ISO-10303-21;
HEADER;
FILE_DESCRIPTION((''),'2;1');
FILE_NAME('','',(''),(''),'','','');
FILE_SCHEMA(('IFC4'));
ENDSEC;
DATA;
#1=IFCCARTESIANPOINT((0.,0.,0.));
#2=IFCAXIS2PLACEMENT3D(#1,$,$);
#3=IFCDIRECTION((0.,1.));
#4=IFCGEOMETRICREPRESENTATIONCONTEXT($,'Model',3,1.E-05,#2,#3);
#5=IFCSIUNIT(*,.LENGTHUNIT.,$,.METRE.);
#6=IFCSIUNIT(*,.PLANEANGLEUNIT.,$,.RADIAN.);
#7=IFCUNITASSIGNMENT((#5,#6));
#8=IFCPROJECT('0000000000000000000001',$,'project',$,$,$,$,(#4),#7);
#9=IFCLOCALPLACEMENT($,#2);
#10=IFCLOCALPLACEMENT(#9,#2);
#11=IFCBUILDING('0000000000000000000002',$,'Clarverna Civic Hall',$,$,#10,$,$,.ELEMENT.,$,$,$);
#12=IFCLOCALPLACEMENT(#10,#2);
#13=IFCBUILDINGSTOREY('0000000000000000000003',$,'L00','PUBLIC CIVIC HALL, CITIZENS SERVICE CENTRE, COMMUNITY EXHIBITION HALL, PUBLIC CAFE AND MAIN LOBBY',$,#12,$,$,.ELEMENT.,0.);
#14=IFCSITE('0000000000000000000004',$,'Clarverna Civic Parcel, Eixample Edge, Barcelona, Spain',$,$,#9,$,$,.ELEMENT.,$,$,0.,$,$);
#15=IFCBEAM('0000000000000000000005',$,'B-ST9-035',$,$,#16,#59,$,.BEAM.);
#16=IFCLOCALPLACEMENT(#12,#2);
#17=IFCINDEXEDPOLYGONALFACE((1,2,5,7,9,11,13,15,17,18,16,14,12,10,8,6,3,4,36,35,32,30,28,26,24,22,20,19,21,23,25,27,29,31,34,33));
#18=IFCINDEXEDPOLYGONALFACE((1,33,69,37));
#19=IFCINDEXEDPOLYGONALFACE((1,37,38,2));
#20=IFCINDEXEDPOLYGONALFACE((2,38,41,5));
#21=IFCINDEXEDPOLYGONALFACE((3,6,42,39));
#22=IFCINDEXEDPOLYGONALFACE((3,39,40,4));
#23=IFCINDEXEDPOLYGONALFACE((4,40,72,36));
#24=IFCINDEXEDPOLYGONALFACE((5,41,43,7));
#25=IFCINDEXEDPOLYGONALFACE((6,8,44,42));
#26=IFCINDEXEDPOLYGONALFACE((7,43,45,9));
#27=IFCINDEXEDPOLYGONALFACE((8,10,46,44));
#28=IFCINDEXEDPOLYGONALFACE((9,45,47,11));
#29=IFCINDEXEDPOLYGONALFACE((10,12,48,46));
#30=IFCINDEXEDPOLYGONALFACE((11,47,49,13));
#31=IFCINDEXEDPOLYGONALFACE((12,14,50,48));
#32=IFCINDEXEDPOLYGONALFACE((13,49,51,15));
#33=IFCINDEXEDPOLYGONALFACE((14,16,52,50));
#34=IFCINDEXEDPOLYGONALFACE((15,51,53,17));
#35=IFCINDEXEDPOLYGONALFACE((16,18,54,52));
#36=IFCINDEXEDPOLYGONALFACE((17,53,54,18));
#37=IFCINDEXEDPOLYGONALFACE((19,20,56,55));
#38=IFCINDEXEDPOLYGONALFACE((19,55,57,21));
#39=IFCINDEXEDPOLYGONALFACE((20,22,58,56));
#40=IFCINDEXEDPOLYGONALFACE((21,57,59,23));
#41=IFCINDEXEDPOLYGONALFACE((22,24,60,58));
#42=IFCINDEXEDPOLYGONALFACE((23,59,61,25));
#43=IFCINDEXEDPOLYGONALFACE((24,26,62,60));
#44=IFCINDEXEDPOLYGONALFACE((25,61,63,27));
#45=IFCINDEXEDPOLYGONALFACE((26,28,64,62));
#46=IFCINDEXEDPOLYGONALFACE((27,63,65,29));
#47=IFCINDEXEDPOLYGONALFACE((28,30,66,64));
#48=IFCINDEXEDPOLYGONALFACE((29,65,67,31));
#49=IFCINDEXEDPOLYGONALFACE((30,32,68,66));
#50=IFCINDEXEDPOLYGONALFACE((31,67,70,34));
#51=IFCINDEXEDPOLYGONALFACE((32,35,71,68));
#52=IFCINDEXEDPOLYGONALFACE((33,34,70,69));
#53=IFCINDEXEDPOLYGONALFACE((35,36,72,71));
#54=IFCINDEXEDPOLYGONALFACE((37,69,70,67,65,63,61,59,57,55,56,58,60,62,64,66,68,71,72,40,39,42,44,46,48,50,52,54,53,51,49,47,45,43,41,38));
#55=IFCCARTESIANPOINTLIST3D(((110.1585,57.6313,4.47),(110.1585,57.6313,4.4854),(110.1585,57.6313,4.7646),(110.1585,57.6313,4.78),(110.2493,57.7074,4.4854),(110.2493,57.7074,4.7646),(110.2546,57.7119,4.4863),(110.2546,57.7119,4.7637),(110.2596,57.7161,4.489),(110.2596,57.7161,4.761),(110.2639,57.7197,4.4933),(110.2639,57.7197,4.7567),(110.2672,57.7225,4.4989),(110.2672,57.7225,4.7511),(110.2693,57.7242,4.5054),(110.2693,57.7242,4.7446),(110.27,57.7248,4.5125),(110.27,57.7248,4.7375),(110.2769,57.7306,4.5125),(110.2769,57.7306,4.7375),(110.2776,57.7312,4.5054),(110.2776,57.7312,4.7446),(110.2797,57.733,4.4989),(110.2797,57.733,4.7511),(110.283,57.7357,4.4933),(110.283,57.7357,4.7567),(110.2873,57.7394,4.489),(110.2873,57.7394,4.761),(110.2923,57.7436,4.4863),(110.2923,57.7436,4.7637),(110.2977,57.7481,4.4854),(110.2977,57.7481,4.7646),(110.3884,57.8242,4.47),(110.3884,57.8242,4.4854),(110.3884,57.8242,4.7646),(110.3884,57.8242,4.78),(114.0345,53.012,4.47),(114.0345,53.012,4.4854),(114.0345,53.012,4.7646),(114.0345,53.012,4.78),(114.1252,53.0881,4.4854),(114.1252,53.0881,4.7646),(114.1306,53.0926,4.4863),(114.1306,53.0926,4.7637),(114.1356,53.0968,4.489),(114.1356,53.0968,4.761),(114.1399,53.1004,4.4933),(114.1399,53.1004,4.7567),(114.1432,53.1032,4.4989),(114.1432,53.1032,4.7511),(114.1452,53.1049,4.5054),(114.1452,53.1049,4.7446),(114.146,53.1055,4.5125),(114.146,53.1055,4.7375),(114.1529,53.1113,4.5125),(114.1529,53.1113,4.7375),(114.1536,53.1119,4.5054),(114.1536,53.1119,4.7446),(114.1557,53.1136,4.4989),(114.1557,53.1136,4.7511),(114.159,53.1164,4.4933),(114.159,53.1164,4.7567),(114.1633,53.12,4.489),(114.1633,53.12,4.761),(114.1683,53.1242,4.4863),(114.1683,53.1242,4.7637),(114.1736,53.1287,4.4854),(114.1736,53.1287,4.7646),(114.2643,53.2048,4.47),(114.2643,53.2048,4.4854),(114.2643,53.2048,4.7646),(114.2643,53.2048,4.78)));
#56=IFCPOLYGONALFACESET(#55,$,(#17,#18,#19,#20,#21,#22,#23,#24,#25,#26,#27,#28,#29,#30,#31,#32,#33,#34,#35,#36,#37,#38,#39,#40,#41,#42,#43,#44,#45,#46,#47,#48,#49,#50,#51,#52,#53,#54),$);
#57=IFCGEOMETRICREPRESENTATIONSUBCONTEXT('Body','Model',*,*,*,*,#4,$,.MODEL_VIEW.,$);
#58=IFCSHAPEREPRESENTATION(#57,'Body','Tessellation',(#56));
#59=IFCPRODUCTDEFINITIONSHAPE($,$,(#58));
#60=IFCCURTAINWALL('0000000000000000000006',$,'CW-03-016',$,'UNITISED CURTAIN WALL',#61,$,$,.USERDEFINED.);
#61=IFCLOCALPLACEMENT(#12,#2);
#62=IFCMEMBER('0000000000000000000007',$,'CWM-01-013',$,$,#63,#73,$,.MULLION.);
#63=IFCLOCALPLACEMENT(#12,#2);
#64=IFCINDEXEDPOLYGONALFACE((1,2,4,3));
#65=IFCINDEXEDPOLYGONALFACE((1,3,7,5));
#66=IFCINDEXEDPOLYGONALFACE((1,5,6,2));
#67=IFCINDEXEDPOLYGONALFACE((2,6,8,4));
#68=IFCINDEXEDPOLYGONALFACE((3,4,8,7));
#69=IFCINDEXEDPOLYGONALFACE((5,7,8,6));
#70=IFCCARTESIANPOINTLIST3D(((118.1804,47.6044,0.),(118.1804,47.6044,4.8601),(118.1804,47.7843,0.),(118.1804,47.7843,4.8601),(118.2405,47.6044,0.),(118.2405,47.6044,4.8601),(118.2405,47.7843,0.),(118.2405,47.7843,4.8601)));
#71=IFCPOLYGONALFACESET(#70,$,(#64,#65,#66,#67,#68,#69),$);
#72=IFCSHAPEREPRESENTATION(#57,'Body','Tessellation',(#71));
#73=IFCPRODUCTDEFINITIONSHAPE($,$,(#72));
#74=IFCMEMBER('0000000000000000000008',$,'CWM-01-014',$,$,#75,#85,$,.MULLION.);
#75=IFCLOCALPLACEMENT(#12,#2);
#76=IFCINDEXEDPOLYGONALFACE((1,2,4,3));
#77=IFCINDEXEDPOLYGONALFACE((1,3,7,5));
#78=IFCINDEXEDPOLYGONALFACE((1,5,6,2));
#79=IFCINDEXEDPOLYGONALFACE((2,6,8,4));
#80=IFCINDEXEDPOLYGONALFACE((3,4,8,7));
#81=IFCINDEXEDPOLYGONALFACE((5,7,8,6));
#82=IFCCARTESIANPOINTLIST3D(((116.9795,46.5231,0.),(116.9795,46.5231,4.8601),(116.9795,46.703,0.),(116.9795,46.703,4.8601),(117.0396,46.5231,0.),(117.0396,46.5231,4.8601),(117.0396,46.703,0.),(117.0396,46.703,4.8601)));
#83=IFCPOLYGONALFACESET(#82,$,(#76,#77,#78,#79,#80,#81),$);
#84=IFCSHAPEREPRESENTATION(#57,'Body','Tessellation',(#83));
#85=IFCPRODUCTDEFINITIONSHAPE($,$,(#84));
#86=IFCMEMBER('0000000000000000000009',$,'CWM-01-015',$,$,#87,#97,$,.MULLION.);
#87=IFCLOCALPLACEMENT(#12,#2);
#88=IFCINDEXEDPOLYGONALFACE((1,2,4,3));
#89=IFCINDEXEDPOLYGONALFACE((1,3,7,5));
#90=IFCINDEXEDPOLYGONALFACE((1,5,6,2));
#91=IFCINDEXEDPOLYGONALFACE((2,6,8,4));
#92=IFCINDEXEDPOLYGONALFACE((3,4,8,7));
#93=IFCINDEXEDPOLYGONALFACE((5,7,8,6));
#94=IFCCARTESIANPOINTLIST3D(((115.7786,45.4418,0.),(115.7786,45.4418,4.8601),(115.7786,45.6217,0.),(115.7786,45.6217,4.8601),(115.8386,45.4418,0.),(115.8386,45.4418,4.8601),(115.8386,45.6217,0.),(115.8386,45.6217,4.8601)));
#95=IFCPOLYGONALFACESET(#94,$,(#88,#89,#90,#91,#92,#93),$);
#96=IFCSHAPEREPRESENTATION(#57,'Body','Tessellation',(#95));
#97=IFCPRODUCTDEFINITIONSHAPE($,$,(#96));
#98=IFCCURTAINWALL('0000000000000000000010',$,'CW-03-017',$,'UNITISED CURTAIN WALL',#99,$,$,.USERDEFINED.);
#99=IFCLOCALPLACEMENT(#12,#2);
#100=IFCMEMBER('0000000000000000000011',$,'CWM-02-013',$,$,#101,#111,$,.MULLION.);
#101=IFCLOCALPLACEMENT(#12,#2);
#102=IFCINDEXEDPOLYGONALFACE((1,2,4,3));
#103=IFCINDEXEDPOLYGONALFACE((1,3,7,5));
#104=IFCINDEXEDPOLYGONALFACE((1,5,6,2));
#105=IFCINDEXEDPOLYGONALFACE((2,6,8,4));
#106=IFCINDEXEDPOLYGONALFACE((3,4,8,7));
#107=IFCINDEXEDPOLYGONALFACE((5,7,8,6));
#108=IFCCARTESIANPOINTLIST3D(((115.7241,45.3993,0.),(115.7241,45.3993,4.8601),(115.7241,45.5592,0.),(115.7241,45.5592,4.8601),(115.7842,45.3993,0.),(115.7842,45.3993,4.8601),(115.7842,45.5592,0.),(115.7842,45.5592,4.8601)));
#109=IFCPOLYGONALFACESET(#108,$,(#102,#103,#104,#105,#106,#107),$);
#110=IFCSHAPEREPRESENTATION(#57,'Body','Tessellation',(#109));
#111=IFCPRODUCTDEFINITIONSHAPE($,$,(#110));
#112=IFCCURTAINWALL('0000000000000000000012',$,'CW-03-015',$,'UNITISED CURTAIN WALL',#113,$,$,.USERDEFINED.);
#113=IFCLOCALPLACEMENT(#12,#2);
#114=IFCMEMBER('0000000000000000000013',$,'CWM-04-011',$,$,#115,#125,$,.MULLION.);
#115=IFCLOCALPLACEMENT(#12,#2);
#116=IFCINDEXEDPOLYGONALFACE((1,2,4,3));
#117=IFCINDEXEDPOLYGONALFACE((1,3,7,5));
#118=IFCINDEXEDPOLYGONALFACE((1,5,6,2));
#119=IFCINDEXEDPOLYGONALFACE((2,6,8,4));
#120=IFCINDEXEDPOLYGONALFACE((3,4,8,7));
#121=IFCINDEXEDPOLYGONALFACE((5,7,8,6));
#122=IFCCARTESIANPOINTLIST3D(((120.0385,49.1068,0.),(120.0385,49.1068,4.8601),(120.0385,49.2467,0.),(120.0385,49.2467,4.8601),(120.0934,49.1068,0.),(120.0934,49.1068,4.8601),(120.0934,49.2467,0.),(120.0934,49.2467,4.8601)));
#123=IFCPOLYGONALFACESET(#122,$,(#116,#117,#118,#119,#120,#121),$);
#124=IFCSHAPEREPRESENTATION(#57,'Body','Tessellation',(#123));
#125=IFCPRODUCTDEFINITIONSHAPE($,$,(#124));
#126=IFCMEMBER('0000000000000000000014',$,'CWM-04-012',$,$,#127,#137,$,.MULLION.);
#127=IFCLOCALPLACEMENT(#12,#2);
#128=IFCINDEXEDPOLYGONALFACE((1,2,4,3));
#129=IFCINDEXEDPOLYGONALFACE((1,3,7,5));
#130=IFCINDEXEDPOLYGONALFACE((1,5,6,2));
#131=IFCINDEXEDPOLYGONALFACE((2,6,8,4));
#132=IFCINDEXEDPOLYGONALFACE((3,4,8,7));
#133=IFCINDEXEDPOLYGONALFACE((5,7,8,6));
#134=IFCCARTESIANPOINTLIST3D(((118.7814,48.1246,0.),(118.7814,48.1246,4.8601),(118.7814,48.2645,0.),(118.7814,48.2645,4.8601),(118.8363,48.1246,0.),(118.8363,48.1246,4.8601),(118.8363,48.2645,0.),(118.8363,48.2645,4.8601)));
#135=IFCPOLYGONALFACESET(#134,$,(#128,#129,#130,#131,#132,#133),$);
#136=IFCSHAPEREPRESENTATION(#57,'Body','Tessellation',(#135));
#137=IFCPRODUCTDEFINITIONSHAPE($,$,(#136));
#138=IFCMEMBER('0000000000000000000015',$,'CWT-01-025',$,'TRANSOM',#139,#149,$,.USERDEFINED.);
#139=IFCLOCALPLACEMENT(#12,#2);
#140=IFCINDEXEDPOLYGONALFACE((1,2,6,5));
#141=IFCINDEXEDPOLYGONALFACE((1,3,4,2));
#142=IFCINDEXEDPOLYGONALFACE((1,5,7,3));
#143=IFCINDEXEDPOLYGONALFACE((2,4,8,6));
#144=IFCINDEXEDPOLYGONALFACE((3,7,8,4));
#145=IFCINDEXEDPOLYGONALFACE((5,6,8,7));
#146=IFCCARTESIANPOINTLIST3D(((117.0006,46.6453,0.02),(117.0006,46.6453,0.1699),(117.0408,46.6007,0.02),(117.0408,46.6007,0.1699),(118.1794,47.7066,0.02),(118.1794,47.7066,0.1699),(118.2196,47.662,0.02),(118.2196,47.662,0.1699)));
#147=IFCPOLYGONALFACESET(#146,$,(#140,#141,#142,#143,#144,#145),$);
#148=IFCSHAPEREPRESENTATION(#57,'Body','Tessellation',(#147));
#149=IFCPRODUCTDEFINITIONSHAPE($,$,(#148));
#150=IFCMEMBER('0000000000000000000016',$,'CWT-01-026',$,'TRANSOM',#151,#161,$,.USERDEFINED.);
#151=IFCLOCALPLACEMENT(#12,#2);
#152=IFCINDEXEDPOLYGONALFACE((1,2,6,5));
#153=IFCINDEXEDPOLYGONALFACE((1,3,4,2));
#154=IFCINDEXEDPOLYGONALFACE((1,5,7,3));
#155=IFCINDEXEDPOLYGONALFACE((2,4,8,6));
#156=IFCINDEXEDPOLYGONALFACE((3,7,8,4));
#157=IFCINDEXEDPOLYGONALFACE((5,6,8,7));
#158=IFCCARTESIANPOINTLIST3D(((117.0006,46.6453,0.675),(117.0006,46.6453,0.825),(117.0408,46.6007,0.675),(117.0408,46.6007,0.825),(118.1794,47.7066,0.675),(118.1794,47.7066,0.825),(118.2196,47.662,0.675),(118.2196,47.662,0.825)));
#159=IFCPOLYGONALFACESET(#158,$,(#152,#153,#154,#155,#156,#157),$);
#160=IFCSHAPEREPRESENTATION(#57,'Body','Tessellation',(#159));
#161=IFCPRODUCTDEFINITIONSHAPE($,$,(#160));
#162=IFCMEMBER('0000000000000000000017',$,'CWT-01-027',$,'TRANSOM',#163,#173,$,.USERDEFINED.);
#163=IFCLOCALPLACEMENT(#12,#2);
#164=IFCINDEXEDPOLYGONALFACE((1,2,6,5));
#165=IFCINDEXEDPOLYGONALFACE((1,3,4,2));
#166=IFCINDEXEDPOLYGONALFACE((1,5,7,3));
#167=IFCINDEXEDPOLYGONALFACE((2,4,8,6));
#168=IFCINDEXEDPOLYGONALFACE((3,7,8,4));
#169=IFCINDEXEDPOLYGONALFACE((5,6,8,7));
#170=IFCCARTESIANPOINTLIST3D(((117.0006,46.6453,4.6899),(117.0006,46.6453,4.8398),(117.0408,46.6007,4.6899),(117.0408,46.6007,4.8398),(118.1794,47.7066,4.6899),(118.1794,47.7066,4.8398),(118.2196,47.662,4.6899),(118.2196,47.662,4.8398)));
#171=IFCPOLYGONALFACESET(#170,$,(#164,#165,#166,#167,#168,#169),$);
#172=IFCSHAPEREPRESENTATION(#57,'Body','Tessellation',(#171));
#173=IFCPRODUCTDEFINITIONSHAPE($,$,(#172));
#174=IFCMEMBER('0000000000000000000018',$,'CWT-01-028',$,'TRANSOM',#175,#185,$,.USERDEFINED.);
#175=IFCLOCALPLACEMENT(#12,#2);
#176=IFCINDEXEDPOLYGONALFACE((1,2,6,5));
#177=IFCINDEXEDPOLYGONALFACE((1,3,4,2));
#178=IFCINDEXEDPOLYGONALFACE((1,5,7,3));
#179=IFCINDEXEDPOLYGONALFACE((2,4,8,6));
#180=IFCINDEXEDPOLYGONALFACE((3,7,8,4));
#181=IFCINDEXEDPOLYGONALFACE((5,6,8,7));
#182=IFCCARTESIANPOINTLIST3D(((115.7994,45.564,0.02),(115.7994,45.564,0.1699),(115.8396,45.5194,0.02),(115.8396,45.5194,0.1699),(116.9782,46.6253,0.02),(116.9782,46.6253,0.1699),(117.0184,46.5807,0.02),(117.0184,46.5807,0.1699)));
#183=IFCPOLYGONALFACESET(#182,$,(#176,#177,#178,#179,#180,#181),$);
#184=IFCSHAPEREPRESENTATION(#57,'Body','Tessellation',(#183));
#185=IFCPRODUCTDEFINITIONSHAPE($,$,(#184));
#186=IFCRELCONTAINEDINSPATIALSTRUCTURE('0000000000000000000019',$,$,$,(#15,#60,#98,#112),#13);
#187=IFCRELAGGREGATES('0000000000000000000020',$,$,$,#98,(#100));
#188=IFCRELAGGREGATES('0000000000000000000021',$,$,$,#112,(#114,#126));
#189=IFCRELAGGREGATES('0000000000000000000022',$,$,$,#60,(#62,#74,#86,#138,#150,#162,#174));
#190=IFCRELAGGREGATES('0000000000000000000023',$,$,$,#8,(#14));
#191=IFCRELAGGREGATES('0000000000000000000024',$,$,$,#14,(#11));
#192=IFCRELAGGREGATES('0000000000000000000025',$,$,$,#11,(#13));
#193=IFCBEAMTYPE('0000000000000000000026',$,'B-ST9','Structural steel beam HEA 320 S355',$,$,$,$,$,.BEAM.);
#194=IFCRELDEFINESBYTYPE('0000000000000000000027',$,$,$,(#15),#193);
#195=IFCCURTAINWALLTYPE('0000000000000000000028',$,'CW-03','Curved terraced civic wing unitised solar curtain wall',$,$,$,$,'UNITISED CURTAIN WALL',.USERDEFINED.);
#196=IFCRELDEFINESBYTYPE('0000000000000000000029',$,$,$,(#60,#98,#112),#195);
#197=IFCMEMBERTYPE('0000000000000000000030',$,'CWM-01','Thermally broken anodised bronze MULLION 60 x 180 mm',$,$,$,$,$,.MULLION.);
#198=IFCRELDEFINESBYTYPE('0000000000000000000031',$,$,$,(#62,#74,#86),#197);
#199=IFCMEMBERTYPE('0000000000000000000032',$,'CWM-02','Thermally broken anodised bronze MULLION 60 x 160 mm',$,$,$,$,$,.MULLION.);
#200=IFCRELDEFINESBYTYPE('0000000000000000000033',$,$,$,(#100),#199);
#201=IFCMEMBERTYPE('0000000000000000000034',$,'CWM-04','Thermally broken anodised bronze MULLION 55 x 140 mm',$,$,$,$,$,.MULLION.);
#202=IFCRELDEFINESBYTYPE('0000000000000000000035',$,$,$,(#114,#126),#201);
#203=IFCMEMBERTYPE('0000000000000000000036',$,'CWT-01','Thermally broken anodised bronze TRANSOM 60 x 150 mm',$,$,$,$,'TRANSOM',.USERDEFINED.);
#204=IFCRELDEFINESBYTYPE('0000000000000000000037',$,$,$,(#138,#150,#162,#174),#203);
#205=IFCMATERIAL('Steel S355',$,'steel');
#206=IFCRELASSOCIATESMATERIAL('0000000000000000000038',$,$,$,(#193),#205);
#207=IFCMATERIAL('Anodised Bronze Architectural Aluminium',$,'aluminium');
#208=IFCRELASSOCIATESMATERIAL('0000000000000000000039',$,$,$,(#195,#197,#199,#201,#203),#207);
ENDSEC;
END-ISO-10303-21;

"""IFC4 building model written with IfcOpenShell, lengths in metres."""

from ifc_helpers import new_model, si_unit, direction, frame, origin, origin_2d, place, context, subcontext, project, spatial, rectangle, i_section, extrude, material, material_profile, profile_set, type_object, element, aggregate, save


model = new_model("IFC4")

# Units and contexts
model_context = context("Model", 3, precision=1e-05, world=origin(), true_north=direction((0.0, 1.0)))
body_context = subcontext(model_context, "Body", "Model", "MODEL_VIEW")
ifc_project = project(units=[si_unit("LENGTHUNIT", "METRE"), si_unit("PLANEANGLEUNIT", "RADIAN")], contexts=[model_context])

# Site, building, storey
site_placement = place(None, origin())
site = spatial("IfcSite", under=ifc_project, at=site_placement, Name="Clarverna Civic Parcel, Eixample Edge, Barcelona, Spain", CompositionType="ELEMENT", RefElevation=0.0)
building_placement = place(site_placement, origin())
building = spatial("IfcBuilding", under=site, at=building_placement, Name="Clarverna Civic Hall", CompositionType="ELEMENT")
storey_placement = place(building_placement, origin())
storey = spatial("IfcBuildingStorey", under=building, at=storey_placement, Name="L00", Description="PUBLIC CIVIC HALL, CITIZENS SERVICE CENTRE, COMMUNITY EXHIBITION HALL, PUBLIC CAFE AND MAIN LOBBY", CompositionType="ELEMENT", Elevation=0.0)

# Beam
ifc_material_1 = material(Name="Steel S355", Category="steel")
ifc_material_profile_1 = material_profile(ifc_material_1, i_section(OverallWidth=0.3, OverallDepth=0.3101, WebThickness=0.009, FlangeThickness=0.0154, FilletRadius=0.0271, at=origin_2d()), Name="HEA 320")
ifc_profile_set_1 = profile_set([ifc_material_profile_1], Name="Steel S355")
beam_type_1 = type_object("IfcBeamType", Name="B-ST9", Description="Structural steel beam HEA 320 S355", PredefinedType="BEAM", material=ifc_profile_set_1)
for number, where, z_axis, x_axis, name in (
    (1, (114.1494, 53.1084, 4.625), (-0.642773, 0.766056, 0.0), (-0.766056, -0.642773, 0.0), "B-ST9-035"),
):
    element("IfcBeam", number, at=place(storey_placement, frame(where, z_axis=z_axis, x_axis=x_axis)), inside=storey, type_object=beam_type_1, Name=name, PredefinedType="BEAM", context=body_context, shape_type="SweptSolid", body=[
        extrude(i_section(OverallWidth=0.3, OverallDepth=0.3101, WebThickness=0.009, FlangeThickness=0.0154, FilletRadius=0.0271, at=origin_2d()), origin(), (0.0, 0.0, 1.0), 6.03),
    ])

# Curtain wall, members
ifc_material_2 = material(Name="Anodised Bronze Architectural Aluminium", Category="aluminium")
curtain_wall_type = type_object("IfcCurtainWallType", Name="CW-03", Description="Curved terraced civic wing unitised solar curtain wall", ElementType="UNITISED CURTAIN WALL", PredefinedType="USERDEFINED", material=ifc_material_2)
curtain_wall_1_placement = place(storey_placement, origin())
curtain_wall_1 = element("IfcCurtainWall", 2, at=curtain_wall_1_placement, inside=storey, type_object=curtain_wall_type, Name="CW-03-016", ObjectType="UNITISED CURTAIN WALL", PredefinedType="USERDEFINED")
ifc_material_profile_2 = material_profile(ifc_material_2, rectangle(XDim=0.0601, YDim=0.1799, at=origin_2d()), Name="BRONZE 60x180")
ifc_profile_set_2 = profile_set([ifc_material_profile_2], Name="Anodised Bronze Architectural Aluminium")
member_type_1 = type_object("IfcMemberType", Name="CWM-01", Description="Thermally broken anodised bronze MULLION 60 x 180 mm", PredefinedType="MULLION", material=ifc_profile_set_2)
member_1_placement = place(storey_placement, frame((118.2104, 47.6943, 0.0), z_axis=(0.0, 0.0, 1.0), x_axis=(1.0, 0.0, 0.0)))
member_1 = element("IfcMember", 3, at=member_1_placement, type_object=member_type_1, Name="CWM-01-013", PredefinedType="MULLION", context=body_context, shape_type="SweptSolid", body=[
    extrude(rectangle(XDim=0.0601, YDim=0.1799, at=origin_2d()), origin(), (0.0, 0.0, 1.0), 4.8601),
])
member_2_placement = place(storey_placement, frame((117.0095, 46.613, 0.0), z_axis=(0.0, 0.0, 1.0), x_axis=(1.0, 0.0, 0.0)))
member_2 = element("IfcMember", 4, at=member_2_placement, type_object=member_type_1, Name="CWM-01-014", PredefinedType="MULLION", context=body_context, shape_type="SweptSolid", body=[
    extrude(rectangle(XDim=0.0601, YDim=0.1799, at=origin_2d()), origin(), (0.0, 0.0, 1.0), 4.8601),
])
member_3_placement = place(storey_placement, frame((115.8086, 45.5317, 0.0), z_axis=(0.0, 0.0, 1.0), x_axis=(1.0, 0.0, 0.0)))
member_3 = element("IfcMember", 5, at=member_3_placement, type_object=member_type_1, Name="CWM-01-015", PredefinedType="MULLION", context=body_context, shape_type="SweptSolid", body=[
    extrude(rectangle(XDim=0.0601, YDim=0.1799, at=origin_2d()), origin(), (0.0, 0.0, 1.0), 4.8601),
])

# Curtain wall, member
curtain_wall_2_placement = place(storey_placement, origin())
curtain_wall_2 = element("IfcCurtainWall", 6, at=curtain_wall_2_placement, inside=storey, type_object=curtain_wall_type, Name="CW-03-017", ObjectType="UNITISED CURTAIN WALL", PredefinedType="USERDEFINED")
ifc_material_profile_3 = material_profile(ifc_material_2, rectangle(XDim=0.0601, YDim=0.1599, at=origin_2d()), Name="BRONZE 60x160")
ifc_profile_set_3 = profile_set([ifc_material_profile_3], Name="Anodised Bronze Architectural Aluminium")
member_type_2 = type_object("IfcMemberType", Name="CWM-02", Description="Thermally broken anodised bronze MULLION 60 x 160 mm", PredefinedType="MULLION", material=ifc_profile_set_3)
member_4_placement = place(storey_placement, frame((115.7542, 45.4792, 0.0), z_axis=(0.0, 0.0, 1.0), x_axis=(1.0, 0.0, 0.0)))
member_4 = element("IfcMember", 7, at=member_4_placement, type_object=member_type_2, Name="CWM-02-013", PredefinedType="MULLION", context=body_context, shape_type="SweptSolid", body=[
    extrude(rectangle(XDim=0.0601, YDim=0.1599, at=origin_2d()), origin(), (0.0, 0.0, 1.0), 4.8601),
])

# Curtain wall, members
curtain_wall_3_placement = place(storey_placement, origin())
curtain_wall_3 = element("IfcCurtainWall", 8, at=curtain_wall_3_placement, inside=storey, type_object=curtain_wall_type, Name="CW-03-015", ObjectType="UNITISED CURTAIN WALL", PredefinedType="USERDEFINED")
ifc_material_profile_4 = material_profile(ifc_material_2, rectangle(XDim=0.0549, YDim=0.1399, at=origin_2d()), Name="BRONZE 55x140")
ifc_profile_set_4 = profile_set([ifc_material_profile_4], Name="Anodised Bronze Architectural Aluminium")
member_type_3 = type_object("IfcMemberType", Name="CWM-04", Description="Thermally broken anodised bronze MULLION 55 x 140 mm", PredefinedType="MULLION", material=ifc_profile_set_4)
member_5_placement = place(storey_placement, frame((120.0659, 49.1768, 0.0), z_axis=(0.0, 0.0, 1.0), x_axis=(1.0, 0.0, 0.0)))
member_5 = element("IfcMember", 9, at=member_5_placement, type_object=member_type_3, Name="CWM-04-011", PredefinedType="MULLION", context=body_context, shape_type="SweptSolid", body=[
    extrude(rectangle(XDim=0.0549, YDim=0.1399, at=origin_2d()), origin(), (0.0, 0.0, 1.0), 4.8601),
])
member_6_placement = place(storey_placement, frame((118.8088, 48.1946, 0.0), z_axis=(0.0, 0.0, 1.0), x_axis=(1.0, 0.0, 0.0)))
member_6 = element("IfcMember", 10, at=member_6_placement, type_object=member_type_3, Name="CWM-04-012", PredefinedType="MULLION", context=body_context, shape_type="SweptSolid", body=[
    extrude(rectangle(XDim=0.0549, YDim=0.1399, at=origin_2d()), origin(), (0.0, 0.0, 1.0), 4.8601),
])

# Members
ifc_material_profile_5 = material_profile(ifc_material_2, rectangle(XDim=0.0601, YDim=0.1499, at=origin_2d()), Name="BRONZE 60x150")
ifc_profile_set_5 = profile_set([ifc_material_profile_5], Name="Anodised Bronze Architectural Aluminium")
member_type_4 = type_object("IfcMemberType", Name="CWT-01", Description="Thermally broken anodised bronze TRANSOM 60 x 150 mm", ElementType="TRANSOM", PredefinedType="USERDEFINED", material=ifc_profile_set_5)
member_7_placement = place(storey_placement, frame((118.1995, 47.6843, 0.095), z_axis=(-0.743156, -0.669118, 0.0), x_axis=(0.669118, -0.743156, 0.0)))
member_7 = element("IfcMember", 11, at=member_7_placement, type_object=member_type_4, Name="CWT-01-025", ObjectType="TRANSOM", PredefinedType="USERDEFINED", context=body_context, shape_type="SweptSolid", body=[
    extrude(rectangle(XDim=0.0601, YDim=0.1499, at=origin_2d()), origin(), (0.0, 0.0, 1.0), 1.5862),
])
member_8_placement = place(storey_placement, frame((118.1995, 47.6843, 0.75), z_axis=(-0.743156, -0.669118, 0.0), x_axis=(0.669118, -0.743156, 0.0)))
member_8 = element("IfcMember", 12, at=member_8_placement, type_object=member_type_4, Name="CWT-01-026", ObjectType="TRANSOM", PredefinedType="USERDEFINED", context=body_context, shape_type="SweptSolid", body=[
    extrude(rectangle(XDim=0.0601, YDim=0.1499, at=origin_2d()), origin(), (0.0, 0.0, 1.0), 1.5862),
])
member_9_placement = place(storey_placement, frame((118.1995, 47.6843, 4.7649), z_axis=(-0.743156, -0.669118, 0.0), x_axis=(0.669118, -0.743156, 0.0)))
member_9 = element("IfcMember", 13, at=member_9_placement, type_object=member_type_4, Name="CWT-01-027", ObjectType="TRANSOM", PredefinedType="USERDEFINED", context=body_context, shape_type="SweptSolid", body=[
    extrude(rectangle(XDim=0.0601, YDim=0.1499, at=origin_2d()), origin(), (0.0, 0.0, 1.0), 1.5862),
])
member_10_placement = place(storey_placement, frame((116.9983, 46.603, 0.095), z_axis=(-0.743156, -0.669118, 0.0), x_axis=(0.669118, -0.743156, 0.0)))
member_10 = element("IfcMember", 14, at=member_10_placement, type_object=member_type_4, Name="CWT-01-028", ObjectType="TRANSOM", PredefinedType="USERDEFINED", context=body_context, shape_type="SweptSolid", body=[
    extrude(rectangle(XDim=0.0601, YDim=0.1499, at=origin_2d()), origin(), (0.0, 0.0, 1.0), 1.5862),
])

aggregate(curtain_wall_2, [member_4])
aggregate(curtain_wall_3, [member_5, member_6])
aggregate(curtain_wall_1, [member_1, member_2, member_3, member_7, member_8, member_9, member_10])

save(model, "model.ifc")
